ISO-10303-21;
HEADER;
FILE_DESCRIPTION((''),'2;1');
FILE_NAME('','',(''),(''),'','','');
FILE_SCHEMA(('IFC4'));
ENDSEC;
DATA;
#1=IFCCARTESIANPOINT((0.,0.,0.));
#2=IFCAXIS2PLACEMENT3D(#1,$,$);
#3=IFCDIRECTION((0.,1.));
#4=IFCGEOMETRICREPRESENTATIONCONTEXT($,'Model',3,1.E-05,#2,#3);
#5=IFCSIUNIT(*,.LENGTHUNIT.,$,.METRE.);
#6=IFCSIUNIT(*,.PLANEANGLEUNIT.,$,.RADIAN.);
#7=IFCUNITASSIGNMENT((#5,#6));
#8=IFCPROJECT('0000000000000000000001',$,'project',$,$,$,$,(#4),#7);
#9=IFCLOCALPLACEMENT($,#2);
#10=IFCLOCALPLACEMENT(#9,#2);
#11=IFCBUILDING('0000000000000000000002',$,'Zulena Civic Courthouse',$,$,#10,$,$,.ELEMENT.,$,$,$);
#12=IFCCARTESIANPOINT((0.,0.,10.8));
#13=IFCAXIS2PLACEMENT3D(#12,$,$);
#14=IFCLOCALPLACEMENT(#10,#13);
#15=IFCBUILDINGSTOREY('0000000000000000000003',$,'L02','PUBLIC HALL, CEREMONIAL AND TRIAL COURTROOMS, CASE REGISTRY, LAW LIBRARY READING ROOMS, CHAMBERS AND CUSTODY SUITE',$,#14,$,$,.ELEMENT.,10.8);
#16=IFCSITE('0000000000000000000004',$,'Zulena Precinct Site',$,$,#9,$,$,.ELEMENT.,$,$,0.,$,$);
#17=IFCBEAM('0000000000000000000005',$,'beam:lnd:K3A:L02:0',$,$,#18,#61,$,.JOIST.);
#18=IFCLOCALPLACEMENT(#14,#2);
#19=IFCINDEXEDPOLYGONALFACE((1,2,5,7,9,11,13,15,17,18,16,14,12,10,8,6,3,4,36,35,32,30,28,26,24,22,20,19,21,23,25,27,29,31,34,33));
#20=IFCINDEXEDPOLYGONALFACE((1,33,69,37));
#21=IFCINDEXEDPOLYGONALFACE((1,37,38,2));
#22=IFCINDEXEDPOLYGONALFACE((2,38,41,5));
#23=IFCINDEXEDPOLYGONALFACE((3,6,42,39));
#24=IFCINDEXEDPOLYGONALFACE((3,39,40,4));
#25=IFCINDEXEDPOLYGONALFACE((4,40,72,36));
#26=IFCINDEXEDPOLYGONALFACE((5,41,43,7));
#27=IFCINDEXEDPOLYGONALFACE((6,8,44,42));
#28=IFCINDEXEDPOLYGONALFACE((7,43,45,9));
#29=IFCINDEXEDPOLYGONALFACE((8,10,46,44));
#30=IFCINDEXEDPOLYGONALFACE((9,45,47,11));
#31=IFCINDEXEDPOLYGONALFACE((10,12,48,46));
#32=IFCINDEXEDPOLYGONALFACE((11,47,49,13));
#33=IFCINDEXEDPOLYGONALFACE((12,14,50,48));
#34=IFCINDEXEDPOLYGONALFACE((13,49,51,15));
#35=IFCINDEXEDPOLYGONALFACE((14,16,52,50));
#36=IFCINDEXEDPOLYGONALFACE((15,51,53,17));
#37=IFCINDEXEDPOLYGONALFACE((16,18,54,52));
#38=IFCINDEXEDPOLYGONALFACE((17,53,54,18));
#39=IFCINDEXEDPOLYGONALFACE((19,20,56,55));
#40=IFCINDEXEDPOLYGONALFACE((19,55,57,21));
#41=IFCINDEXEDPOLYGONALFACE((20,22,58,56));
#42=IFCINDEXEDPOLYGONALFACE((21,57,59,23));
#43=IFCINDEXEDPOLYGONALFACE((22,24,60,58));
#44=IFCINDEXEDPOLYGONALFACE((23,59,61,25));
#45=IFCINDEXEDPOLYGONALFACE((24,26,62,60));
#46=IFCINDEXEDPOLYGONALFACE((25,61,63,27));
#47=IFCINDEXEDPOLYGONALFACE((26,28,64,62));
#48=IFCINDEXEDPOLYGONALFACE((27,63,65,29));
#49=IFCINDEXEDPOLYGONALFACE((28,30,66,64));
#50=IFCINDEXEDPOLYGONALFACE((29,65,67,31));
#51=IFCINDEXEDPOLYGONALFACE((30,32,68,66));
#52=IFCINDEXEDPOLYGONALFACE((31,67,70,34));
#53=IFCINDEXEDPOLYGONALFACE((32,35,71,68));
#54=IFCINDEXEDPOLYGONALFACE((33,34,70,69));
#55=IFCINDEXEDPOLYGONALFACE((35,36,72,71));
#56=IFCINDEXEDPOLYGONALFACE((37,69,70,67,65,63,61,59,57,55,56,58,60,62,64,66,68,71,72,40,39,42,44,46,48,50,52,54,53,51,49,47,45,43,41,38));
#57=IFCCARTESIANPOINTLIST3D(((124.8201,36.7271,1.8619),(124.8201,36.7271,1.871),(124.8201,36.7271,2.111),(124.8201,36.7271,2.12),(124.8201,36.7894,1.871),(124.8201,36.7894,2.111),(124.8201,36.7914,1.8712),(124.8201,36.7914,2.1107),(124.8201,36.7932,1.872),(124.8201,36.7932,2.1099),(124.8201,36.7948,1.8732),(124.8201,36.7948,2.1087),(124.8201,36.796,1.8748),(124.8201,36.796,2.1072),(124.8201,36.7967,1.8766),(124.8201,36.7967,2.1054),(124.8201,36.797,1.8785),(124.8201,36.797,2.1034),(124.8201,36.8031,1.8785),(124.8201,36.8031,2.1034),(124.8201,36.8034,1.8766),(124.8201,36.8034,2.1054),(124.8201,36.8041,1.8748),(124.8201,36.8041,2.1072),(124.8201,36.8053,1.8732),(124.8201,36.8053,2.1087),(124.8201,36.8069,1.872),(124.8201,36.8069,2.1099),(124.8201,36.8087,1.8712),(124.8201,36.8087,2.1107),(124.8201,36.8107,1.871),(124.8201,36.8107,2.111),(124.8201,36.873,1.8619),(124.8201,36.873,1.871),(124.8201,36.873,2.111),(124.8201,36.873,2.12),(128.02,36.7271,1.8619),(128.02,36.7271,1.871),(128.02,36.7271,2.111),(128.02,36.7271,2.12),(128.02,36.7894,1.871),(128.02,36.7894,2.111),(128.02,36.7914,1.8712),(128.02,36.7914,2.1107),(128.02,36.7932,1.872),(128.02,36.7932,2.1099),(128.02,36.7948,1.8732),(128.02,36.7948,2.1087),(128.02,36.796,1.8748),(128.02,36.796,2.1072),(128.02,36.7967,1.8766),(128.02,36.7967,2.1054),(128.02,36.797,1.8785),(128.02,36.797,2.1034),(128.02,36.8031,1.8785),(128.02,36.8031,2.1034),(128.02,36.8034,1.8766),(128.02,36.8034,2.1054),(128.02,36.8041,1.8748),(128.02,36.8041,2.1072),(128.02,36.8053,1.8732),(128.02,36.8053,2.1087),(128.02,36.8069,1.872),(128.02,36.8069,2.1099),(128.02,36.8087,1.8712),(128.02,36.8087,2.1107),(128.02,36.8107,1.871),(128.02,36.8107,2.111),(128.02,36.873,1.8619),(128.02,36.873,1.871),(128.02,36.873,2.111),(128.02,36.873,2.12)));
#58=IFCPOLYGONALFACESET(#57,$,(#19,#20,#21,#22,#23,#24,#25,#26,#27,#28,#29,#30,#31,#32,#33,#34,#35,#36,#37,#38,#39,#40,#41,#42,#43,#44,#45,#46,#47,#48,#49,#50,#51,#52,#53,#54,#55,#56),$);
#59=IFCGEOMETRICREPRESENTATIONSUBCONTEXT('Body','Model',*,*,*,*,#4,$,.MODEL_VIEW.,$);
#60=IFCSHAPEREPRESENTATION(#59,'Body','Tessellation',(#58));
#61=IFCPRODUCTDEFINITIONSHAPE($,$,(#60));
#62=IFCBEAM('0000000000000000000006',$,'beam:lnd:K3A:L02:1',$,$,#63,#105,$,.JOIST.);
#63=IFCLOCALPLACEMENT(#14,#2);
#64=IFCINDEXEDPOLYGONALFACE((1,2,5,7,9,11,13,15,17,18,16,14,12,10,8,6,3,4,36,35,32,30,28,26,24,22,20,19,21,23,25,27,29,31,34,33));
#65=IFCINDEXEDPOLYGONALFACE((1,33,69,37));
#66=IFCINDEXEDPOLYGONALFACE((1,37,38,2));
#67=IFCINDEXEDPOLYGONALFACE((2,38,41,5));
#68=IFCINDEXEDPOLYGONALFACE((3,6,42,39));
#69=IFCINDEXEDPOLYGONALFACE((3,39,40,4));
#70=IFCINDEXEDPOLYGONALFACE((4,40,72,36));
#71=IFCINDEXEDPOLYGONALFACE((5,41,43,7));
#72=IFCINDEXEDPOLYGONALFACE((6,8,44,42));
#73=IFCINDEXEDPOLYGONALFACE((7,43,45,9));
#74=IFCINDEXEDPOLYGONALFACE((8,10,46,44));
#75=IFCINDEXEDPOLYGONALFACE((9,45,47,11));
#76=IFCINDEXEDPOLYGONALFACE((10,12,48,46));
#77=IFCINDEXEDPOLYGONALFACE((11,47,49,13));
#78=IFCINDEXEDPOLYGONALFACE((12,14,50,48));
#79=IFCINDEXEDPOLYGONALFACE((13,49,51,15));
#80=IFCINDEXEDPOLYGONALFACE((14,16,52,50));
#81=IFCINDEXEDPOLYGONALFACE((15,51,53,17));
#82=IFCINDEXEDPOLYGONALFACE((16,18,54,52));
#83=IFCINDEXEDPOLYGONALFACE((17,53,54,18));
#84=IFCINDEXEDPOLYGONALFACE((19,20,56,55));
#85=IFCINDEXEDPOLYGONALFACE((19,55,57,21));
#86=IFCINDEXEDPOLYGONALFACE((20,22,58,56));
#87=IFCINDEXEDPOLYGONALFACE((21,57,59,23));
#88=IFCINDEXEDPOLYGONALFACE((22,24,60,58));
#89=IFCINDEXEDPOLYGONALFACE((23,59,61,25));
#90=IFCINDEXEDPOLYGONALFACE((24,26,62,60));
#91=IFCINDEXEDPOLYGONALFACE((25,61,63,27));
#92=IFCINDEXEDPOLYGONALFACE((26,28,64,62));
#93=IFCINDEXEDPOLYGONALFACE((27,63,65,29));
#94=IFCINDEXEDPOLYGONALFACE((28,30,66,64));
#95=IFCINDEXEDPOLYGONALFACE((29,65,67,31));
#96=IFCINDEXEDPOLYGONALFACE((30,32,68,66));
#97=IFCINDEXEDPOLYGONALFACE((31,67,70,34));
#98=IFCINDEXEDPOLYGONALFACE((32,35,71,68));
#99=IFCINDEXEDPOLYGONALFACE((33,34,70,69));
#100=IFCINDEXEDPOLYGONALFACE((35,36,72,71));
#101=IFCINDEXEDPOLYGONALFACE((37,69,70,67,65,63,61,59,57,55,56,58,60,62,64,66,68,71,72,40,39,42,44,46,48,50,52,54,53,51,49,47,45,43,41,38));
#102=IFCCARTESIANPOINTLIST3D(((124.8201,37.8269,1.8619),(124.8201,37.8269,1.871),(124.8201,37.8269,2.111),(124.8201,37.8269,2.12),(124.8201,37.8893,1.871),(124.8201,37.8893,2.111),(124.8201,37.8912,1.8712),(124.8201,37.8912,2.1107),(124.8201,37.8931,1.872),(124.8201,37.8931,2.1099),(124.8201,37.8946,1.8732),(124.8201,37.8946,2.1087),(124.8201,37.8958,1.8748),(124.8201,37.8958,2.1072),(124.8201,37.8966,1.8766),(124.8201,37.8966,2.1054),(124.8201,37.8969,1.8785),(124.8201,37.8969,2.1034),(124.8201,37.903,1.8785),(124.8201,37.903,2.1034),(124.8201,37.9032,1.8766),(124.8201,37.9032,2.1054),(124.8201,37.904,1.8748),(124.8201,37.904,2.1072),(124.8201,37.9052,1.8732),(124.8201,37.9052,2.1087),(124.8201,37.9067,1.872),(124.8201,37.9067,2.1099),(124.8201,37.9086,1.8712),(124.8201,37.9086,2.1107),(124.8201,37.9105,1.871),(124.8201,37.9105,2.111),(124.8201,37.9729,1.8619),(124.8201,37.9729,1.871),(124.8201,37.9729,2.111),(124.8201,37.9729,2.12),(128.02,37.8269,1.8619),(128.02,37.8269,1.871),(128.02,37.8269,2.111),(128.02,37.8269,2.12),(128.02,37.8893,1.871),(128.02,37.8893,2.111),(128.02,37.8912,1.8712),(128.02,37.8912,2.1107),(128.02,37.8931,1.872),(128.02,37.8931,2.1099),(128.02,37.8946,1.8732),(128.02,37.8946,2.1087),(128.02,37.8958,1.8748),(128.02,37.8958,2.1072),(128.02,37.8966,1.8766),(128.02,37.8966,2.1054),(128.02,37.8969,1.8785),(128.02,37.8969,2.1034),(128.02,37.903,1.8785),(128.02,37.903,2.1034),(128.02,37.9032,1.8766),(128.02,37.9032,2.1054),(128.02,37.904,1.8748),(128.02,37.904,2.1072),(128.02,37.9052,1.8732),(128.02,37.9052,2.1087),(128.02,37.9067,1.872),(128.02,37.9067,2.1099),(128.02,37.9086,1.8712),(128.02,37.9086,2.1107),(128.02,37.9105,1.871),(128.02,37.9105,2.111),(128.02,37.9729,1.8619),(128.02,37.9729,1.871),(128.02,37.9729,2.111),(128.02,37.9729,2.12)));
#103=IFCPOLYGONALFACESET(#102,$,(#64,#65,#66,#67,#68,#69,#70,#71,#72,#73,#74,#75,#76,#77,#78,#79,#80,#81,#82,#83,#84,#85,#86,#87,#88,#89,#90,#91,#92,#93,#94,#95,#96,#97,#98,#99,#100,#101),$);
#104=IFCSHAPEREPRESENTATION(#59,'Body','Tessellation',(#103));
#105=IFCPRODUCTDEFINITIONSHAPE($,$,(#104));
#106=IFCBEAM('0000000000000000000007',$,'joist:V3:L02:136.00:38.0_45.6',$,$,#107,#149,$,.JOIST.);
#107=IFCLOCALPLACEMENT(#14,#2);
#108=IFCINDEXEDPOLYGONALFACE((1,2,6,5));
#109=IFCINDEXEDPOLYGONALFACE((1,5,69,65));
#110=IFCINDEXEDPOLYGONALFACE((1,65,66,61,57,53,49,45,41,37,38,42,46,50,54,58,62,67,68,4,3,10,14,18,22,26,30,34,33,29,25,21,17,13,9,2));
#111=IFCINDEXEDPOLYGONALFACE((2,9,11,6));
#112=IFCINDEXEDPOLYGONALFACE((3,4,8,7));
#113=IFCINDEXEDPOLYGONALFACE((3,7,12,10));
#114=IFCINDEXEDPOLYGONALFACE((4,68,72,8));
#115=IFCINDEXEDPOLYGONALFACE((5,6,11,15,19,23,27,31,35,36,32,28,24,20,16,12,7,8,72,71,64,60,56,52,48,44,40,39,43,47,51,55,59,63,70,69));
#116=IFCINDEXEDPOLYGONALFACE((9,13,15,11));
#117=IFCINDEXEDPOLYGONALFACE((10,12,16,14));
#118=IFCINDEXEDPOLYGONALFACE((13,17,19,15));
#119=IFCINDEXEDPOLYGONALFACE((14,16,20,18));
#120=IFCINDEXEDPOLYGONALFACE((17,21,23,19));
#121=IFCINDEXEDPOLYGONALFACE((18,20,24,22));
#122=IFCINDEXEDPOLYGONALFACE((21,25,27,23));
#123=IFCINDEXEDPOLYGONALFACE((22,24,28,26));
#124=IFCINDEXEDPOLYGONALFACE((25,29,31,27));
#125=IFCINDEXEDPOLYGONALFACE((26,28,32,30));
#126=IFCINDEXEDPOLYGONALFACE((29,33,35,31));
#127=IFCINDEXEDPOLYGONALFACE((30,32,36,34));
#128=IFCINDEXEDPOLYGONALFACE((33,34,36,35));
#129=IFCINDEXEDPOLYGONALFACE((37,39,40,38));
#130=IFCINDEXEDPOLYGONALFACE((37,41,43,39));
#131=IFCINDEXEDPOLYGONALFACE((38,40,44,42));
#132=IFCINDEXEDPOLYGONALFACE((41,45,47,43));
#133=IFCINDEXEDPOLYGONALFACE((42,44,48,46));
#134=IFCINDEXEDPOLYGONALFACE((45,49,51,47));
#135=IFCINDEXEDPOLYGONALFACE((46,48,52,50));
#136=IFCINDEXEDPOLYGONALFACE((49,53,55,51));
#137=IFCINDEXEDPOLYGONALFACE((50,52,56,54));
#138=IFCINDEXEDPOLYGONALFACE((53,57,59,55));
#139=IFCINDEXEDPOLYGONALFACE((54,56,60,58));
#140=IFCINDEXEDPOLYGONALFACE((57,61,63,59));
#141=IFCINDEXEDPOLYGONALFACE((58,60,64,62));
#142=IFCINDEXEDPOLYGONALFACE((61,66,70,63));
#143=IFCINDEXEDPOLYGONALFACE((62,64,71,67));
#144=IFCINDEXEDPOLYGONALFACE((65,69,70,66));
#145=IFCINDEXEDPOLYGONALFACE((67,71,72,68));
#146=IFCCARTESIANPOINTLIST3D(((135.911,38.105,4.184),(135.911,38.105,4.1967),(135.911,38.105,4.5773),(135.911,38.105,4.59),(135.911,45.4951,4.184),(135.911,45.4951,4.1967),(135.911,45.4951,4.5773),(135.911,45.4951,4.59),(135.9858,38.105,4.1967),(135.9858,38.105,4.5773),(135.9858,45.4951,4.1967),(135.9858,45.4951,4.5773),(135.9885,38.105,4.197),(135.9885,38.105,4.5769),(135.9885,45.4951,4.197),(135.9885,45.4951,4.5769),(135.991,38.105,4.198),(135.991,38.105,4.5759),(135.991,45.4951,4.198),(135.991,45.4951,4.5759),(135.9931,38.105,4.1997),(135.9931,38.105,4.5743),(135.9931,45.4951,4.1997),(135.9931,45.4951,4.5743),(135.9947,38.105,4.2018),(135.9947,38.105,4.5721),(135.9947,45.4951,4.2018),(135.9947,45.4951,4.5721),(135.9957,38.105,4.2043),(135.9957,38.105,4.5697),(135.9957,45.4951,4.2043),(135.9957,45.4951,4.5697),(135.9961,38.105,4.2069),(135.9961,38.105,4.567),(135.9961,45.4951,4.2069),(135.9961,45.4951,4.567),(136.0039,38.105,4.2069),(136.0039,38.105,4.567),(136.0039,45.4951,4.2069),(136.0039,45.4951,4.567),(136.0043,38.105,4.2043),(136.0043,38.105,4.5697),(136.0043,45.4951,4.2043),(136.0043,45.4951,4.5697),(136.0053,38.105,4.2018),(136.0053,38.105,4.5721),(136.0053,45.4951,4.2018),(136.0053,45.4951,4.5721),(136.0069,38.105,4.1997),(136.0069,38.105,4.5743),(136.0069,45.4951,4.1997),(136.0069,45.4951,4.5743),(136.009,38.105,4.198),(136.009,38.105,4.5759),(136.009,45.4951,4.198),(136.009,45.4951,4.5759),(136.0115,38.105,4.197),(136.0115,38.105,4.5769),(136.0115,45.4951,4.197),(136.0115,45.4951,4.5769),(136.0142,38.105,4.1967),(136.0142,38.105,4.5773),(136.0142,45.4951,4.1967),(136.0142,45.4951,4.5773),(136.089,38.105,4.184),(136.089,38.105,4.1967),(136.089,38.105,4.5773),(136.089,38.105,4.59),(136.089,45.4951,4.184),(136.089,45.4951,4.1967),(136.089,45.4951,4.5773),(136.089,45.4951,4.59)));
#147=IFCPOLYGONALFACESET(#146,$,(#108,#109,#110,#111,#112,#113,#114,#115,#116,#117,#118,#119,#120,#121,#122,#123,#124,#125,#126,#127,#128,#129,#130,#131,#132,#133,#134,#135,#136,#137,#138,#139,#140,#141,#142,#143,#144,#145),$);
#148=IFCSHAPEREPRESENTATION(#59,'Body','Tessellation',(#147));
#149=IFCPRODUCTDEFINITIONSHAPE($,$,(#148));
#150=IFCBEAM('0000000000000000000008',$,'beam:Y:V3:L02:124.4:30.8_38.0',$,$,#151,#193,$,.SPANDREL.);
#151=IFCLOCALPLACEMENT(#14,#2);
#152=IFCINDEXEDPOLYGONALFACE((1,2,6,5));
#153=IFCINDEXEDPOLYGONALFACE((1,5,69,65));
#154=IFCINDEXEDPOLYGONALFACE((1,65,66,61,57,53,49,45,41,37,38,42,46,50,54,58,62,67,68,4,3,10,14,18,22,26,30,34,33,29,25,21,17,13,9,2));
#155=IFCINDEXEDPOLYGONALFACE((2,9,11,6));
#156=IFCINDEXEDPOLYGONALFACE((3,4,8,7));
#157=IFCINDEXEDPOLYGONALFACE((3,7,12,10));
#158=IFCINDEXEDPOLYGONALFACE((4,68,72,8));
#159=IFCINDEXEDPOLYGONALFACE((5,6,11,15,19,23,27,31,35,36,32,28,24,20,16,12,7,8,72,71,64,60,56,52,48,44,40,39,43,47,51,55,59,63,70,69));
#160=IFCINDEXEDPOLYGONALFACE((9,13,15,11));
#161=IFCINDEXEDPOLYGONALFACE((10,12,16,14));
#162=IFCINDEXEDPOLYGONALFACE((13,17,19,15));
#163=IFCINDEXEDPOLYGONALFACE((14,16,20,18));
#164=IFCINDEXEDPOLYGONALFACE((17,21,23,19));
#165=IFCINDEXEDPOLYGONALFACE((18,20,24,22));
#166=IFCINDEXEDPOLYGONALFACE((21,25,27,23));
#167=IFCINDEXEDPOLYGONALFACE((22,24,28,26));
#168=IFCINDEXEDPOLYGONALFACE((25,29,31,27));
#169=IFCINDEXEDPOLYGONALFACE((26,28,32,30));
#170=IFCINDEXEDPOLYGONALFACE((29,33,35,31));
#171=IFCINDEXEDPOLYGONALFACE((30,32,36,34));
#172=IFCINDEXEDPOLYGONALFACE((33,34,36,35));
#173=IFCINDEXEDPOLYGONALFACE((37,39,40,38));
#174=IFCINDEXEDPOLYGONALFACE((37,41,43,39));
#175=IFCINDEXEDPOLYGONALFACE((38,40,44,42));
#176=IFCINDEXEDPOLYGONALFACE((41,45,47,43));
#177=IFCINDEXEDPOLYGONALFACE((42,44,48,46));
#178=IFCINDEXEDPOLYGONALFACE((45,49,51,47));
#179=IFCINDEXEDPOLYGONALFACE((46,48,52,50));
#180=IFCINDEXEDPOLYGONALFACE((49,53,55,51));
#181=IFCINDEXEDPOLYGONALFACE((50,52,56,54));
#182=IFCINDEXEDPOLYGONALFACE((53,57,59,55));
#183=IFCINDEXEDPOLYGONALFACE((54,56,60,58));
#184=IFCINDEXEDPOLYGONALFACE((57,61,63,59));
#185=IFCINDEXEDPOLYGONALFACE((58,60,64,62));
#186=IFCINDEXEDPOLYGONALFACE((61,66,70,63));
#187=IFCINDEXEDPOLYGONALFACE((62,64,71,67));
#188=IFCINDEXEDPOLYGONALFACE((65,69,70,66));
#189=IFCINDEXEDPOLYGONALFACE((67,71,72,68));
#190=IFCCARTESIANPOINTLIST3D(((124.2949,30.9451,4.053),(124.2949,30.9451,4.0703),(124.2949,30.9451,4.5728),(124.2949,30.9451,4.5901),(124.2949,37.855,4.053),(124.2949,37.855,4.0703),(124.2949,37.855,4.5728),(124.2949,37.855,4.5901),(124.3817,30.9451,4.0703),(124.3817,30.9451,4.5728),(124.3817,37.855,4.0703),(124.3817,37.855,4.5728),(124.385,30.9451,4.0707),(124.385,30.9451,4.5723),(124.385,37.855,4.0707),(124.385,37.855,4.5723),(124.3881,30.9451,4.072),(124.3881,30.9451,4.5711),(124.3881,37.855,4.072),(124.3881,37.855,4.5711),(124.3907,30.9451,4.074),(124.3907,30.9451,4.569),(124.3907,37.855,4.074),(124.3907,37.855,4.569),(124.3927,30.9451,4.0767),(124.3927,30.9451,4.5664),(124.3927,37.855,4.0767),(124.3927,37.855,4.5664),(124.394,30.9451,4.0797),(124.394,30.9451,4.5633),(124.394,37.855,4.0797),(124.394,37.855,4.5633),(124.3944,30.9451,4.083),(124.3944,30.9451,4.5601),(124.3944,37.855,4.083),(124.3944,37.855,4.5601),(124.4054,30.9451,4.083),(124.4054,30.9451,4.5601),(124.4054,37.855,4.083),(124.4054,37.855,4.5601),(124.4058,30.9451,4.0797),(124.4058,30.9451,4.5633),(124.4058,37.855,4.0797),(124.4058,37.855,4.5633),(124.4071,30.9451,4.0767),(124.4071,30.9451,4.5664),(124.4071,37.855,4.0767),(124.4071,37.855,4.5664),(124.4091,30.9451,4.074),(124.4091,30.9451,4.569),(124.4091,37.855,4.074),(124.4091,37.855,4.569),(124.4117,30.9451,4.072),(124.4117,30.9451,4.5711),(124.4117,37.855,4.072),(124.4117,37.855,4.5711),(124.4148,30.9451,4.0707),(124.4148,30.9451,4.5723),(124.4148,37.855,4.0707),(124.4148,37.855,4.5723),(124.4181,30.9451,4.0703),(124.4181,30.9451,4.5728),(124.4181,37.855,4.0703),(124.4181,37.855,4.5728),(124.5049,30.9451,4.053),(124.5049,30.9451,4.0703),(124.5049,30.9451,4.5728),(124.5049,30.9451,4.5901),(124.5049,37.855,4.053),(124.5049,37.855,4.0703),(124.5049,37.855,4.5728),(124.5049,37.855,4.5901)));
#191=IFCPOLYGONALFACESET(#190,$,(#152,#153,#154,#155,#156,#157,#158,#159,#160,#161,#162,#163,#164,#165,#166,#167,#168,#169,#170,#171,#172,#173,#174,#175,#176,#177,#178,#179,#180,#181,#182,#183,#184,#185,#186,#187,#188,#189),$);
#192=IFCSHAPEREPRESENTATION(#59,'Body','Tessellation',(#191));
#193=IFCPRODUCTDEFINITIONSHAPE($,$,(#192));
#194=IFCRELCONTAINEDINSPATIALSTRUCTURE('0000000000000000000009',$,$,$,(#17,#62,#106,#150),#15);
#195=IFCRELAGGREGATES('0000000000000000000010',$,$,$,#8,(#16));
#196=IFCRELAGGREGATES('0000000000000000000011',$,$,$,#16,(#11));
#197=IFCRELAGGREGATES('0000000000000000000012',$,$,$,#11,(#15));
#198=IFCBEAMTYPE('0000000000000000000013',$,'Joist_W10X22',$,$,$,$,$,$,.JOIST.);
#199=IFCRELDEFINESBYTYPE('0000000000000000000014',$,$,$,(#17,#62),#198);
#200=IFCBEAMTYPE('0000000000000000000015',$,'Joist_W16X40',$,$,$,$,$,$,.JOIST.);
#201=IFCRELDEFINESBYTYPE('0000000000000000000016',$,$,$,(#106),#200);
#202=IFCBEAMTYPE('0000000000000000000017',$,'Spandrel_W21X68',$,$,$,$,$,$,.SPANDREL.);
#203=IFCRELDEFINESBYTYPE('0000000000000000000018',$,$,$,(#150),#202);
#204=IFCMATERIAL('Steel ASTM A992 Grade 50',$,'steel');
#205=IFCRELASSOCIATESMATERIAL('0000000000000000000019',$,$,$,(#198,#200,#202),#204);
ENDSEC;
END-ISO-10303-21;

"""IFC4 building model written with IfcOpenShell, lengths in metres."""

from ifc_helpers import new_model, si_unit, direction, frame, origin, origin_2d, place, context, subcontext, project, spatial, i_section, extrude, material, material_profile, profile_set, type_object, element, save


model = new_model("IFC4")

# Units and contexts
model_context = context("Model", 3, precision=1e-05, world=origin(), true_north=direction((0.0, 1.0)))
body_context = subcontext(model_context, "Body", "Model", "MODEL_VIEW")
ifc_project = project(units=[si_unit("LENGTHUNIT", "METRE"), si_unit("PLANEANGLEUNIT", "RADIAN")], contexts=[model_context])

# Site, building, storey
site_placement = place(None, origin())
site = spatial("IfcSite", under=ifc_project, at=site_placement, Name="Zulena Precinct Site", CompositionType="ELEMENT", RefElevation=0.0)
building_placement = place(site_placement, origin())
building = spatial("IfcBuilding", under=site, at=building_placement, Name="Zulena Civic Courthouse", CompositionType="ELEMENT")
storey_placement = place(building_placement, frame((0.0, 0.0, 10.8)))
storey = spatial("IfcBuildingStorey", under=building, at=storey_placement, Name="L02", Description="PUBLIC HALL, CEREMONIAL AND TRIAL COURTROOMS, CASE REGISTRY, LAW LIBRARY READING ROOMS, CHAMBERS AND CUSTODY SUITE", CompositionType="ELEMENT", Elevation=10.8)

# Shared definitions
ifc_material_1 = material(Name="Steel ASTM A992 Grade 50", Category="steel")

# Beams
ifc_material_profile_1 = material_profile(ifc_material_1, i_section(OverallWidth=0.146, OverallDepth=0.2581, WebThickness=0.0061, FlangeThickness=0.009, FilletRadius=0.0076, at=origin_2d()), Name="W10X22")
ifc_profile_set_1 = profile_set([ifc_material_profile_1], Name="Steel ASTM A992 Grade 50")
beam_type_1 = type_object("IfcBeamType", Name="Joist_W10X22", PredefinedType="JOIST", material=ifc_profile_set_1)
for number, where, z_axis, x_axis, name in (
    (1, (124.8201, 36.8, 1.991), (1.0, 0.0, 0.0), (0.0, 1.0, 0.0), "beam:lnd:K3A:L02:0"),
    (2, (124.8201, 37.8999, 1.991), (1.0, 0.0, 0.0), (0.0, 1.0, 0.0), "beam:lnd:K3A:L02:1"),
):
    element("IfcBeam", number, at=place(storey_placement, frame(where, z_axis=z_axis, x_axis=x_axis)), inside=storey, type_object=beam_type_1, Name=name, PredefinedType="JOIST", context=body_context, shape_type="SweptSolid", body=[
        extrude(i_section(OverallWidth=0.146, OverallDepth=0.2581, WebThickness=0.0061, FlangeThickness=0.009, FilletRadius=0.0076, at=origin_2d()), origin(), (0.0, 0.0, 1.0), 3.2),
    ])
ifc_material_profile_2 = material_profile(ifc_material_1, i_section(OverallWidth=0.178, OverallDepth=0.406, WebThickness=0.0078, FlangeThickness=0.0127, FilletRadius=0.0103, at=origin_2d()), Name="W16X40")
ifc_profile_set_2 = profile_set([ifc_material_profile_2], Name="Steel ASTM A992 Grade 50")
beam_type_2 = type_object("IfcBeamType", Name="Joist_W16X40", PredefinedType="JOIST", material=ifc_profile_set_2)
beam_1_placement = place(storey_placement, frame((136.0, 38.105, 4.387), z_axis=(0.0, 1.0, 0.0), x_axis=(-1.0, 0.0, 0.0)))
element("IfcBeam", 3, at=beam_1_placement, inside=storey, type_object=beam_type_2, Name="joist:V3:L02:136.00:38.0_45.6", PredefinedType="JOIST", context=body_context, shape_type="SweptSolid", body=[
    extrude(i_section(OverallWidth=0.178, OverallDepth=0.406, WebThickness=0.0078, FlangeThickness=0.0127, FilletRadius=0.0103, at=origin_2d()), origin(), (0.0, 0.0, 1.0), 7.3901),
])
ifc_material_profile_3 = material_profile(ifc_material_1, i_section(OverallWidth=0.21, OverallDepth=0.5371, WebThickness=0.011, FlangeThickness=0.0173, FilletRadius=0.0127, at=origin_2d()), Name="W21X68")
ifc_profile_set_3 = profile_set([ifc_material_profile_3], Name="Steel ASTM A992 Grade 50")
beam_type_3 = type_object("IfcBeamType", Name="Spandrel_W21X68", PredefinedType="SPANDREL", material=ifc_profile_set_3)
for number, where, z_axis, x_axis, name in (
    (4, (124.3999, 30.9451, 4.3215), (0.0, 1.0, 0.0), (-1.0, 0.0, 0.0), "beam:Y:V3:L02:124.4:30.8_38.0"),
):
    element("IfcBeam", number, at=place(storey_placement, frame(where, z_axis=z_axis, x_axis=x_axis)), inside=storey, type_object=beam_type_3, Name=name, PredefinedType="SPANDREL", context=body_context, shape_type="SweptSolid", body=[
        extrude(i_section(OverallWidth=0.21, OverallDepth=0.5371, WebThickness=0.011, FlangeThickness=0.0173, FilletRadius=0.0127, at=origin_2d()), origin(), (0.0, 0.0, 1.0), 6.9099),
    ])

save(model, "model.ifc")
